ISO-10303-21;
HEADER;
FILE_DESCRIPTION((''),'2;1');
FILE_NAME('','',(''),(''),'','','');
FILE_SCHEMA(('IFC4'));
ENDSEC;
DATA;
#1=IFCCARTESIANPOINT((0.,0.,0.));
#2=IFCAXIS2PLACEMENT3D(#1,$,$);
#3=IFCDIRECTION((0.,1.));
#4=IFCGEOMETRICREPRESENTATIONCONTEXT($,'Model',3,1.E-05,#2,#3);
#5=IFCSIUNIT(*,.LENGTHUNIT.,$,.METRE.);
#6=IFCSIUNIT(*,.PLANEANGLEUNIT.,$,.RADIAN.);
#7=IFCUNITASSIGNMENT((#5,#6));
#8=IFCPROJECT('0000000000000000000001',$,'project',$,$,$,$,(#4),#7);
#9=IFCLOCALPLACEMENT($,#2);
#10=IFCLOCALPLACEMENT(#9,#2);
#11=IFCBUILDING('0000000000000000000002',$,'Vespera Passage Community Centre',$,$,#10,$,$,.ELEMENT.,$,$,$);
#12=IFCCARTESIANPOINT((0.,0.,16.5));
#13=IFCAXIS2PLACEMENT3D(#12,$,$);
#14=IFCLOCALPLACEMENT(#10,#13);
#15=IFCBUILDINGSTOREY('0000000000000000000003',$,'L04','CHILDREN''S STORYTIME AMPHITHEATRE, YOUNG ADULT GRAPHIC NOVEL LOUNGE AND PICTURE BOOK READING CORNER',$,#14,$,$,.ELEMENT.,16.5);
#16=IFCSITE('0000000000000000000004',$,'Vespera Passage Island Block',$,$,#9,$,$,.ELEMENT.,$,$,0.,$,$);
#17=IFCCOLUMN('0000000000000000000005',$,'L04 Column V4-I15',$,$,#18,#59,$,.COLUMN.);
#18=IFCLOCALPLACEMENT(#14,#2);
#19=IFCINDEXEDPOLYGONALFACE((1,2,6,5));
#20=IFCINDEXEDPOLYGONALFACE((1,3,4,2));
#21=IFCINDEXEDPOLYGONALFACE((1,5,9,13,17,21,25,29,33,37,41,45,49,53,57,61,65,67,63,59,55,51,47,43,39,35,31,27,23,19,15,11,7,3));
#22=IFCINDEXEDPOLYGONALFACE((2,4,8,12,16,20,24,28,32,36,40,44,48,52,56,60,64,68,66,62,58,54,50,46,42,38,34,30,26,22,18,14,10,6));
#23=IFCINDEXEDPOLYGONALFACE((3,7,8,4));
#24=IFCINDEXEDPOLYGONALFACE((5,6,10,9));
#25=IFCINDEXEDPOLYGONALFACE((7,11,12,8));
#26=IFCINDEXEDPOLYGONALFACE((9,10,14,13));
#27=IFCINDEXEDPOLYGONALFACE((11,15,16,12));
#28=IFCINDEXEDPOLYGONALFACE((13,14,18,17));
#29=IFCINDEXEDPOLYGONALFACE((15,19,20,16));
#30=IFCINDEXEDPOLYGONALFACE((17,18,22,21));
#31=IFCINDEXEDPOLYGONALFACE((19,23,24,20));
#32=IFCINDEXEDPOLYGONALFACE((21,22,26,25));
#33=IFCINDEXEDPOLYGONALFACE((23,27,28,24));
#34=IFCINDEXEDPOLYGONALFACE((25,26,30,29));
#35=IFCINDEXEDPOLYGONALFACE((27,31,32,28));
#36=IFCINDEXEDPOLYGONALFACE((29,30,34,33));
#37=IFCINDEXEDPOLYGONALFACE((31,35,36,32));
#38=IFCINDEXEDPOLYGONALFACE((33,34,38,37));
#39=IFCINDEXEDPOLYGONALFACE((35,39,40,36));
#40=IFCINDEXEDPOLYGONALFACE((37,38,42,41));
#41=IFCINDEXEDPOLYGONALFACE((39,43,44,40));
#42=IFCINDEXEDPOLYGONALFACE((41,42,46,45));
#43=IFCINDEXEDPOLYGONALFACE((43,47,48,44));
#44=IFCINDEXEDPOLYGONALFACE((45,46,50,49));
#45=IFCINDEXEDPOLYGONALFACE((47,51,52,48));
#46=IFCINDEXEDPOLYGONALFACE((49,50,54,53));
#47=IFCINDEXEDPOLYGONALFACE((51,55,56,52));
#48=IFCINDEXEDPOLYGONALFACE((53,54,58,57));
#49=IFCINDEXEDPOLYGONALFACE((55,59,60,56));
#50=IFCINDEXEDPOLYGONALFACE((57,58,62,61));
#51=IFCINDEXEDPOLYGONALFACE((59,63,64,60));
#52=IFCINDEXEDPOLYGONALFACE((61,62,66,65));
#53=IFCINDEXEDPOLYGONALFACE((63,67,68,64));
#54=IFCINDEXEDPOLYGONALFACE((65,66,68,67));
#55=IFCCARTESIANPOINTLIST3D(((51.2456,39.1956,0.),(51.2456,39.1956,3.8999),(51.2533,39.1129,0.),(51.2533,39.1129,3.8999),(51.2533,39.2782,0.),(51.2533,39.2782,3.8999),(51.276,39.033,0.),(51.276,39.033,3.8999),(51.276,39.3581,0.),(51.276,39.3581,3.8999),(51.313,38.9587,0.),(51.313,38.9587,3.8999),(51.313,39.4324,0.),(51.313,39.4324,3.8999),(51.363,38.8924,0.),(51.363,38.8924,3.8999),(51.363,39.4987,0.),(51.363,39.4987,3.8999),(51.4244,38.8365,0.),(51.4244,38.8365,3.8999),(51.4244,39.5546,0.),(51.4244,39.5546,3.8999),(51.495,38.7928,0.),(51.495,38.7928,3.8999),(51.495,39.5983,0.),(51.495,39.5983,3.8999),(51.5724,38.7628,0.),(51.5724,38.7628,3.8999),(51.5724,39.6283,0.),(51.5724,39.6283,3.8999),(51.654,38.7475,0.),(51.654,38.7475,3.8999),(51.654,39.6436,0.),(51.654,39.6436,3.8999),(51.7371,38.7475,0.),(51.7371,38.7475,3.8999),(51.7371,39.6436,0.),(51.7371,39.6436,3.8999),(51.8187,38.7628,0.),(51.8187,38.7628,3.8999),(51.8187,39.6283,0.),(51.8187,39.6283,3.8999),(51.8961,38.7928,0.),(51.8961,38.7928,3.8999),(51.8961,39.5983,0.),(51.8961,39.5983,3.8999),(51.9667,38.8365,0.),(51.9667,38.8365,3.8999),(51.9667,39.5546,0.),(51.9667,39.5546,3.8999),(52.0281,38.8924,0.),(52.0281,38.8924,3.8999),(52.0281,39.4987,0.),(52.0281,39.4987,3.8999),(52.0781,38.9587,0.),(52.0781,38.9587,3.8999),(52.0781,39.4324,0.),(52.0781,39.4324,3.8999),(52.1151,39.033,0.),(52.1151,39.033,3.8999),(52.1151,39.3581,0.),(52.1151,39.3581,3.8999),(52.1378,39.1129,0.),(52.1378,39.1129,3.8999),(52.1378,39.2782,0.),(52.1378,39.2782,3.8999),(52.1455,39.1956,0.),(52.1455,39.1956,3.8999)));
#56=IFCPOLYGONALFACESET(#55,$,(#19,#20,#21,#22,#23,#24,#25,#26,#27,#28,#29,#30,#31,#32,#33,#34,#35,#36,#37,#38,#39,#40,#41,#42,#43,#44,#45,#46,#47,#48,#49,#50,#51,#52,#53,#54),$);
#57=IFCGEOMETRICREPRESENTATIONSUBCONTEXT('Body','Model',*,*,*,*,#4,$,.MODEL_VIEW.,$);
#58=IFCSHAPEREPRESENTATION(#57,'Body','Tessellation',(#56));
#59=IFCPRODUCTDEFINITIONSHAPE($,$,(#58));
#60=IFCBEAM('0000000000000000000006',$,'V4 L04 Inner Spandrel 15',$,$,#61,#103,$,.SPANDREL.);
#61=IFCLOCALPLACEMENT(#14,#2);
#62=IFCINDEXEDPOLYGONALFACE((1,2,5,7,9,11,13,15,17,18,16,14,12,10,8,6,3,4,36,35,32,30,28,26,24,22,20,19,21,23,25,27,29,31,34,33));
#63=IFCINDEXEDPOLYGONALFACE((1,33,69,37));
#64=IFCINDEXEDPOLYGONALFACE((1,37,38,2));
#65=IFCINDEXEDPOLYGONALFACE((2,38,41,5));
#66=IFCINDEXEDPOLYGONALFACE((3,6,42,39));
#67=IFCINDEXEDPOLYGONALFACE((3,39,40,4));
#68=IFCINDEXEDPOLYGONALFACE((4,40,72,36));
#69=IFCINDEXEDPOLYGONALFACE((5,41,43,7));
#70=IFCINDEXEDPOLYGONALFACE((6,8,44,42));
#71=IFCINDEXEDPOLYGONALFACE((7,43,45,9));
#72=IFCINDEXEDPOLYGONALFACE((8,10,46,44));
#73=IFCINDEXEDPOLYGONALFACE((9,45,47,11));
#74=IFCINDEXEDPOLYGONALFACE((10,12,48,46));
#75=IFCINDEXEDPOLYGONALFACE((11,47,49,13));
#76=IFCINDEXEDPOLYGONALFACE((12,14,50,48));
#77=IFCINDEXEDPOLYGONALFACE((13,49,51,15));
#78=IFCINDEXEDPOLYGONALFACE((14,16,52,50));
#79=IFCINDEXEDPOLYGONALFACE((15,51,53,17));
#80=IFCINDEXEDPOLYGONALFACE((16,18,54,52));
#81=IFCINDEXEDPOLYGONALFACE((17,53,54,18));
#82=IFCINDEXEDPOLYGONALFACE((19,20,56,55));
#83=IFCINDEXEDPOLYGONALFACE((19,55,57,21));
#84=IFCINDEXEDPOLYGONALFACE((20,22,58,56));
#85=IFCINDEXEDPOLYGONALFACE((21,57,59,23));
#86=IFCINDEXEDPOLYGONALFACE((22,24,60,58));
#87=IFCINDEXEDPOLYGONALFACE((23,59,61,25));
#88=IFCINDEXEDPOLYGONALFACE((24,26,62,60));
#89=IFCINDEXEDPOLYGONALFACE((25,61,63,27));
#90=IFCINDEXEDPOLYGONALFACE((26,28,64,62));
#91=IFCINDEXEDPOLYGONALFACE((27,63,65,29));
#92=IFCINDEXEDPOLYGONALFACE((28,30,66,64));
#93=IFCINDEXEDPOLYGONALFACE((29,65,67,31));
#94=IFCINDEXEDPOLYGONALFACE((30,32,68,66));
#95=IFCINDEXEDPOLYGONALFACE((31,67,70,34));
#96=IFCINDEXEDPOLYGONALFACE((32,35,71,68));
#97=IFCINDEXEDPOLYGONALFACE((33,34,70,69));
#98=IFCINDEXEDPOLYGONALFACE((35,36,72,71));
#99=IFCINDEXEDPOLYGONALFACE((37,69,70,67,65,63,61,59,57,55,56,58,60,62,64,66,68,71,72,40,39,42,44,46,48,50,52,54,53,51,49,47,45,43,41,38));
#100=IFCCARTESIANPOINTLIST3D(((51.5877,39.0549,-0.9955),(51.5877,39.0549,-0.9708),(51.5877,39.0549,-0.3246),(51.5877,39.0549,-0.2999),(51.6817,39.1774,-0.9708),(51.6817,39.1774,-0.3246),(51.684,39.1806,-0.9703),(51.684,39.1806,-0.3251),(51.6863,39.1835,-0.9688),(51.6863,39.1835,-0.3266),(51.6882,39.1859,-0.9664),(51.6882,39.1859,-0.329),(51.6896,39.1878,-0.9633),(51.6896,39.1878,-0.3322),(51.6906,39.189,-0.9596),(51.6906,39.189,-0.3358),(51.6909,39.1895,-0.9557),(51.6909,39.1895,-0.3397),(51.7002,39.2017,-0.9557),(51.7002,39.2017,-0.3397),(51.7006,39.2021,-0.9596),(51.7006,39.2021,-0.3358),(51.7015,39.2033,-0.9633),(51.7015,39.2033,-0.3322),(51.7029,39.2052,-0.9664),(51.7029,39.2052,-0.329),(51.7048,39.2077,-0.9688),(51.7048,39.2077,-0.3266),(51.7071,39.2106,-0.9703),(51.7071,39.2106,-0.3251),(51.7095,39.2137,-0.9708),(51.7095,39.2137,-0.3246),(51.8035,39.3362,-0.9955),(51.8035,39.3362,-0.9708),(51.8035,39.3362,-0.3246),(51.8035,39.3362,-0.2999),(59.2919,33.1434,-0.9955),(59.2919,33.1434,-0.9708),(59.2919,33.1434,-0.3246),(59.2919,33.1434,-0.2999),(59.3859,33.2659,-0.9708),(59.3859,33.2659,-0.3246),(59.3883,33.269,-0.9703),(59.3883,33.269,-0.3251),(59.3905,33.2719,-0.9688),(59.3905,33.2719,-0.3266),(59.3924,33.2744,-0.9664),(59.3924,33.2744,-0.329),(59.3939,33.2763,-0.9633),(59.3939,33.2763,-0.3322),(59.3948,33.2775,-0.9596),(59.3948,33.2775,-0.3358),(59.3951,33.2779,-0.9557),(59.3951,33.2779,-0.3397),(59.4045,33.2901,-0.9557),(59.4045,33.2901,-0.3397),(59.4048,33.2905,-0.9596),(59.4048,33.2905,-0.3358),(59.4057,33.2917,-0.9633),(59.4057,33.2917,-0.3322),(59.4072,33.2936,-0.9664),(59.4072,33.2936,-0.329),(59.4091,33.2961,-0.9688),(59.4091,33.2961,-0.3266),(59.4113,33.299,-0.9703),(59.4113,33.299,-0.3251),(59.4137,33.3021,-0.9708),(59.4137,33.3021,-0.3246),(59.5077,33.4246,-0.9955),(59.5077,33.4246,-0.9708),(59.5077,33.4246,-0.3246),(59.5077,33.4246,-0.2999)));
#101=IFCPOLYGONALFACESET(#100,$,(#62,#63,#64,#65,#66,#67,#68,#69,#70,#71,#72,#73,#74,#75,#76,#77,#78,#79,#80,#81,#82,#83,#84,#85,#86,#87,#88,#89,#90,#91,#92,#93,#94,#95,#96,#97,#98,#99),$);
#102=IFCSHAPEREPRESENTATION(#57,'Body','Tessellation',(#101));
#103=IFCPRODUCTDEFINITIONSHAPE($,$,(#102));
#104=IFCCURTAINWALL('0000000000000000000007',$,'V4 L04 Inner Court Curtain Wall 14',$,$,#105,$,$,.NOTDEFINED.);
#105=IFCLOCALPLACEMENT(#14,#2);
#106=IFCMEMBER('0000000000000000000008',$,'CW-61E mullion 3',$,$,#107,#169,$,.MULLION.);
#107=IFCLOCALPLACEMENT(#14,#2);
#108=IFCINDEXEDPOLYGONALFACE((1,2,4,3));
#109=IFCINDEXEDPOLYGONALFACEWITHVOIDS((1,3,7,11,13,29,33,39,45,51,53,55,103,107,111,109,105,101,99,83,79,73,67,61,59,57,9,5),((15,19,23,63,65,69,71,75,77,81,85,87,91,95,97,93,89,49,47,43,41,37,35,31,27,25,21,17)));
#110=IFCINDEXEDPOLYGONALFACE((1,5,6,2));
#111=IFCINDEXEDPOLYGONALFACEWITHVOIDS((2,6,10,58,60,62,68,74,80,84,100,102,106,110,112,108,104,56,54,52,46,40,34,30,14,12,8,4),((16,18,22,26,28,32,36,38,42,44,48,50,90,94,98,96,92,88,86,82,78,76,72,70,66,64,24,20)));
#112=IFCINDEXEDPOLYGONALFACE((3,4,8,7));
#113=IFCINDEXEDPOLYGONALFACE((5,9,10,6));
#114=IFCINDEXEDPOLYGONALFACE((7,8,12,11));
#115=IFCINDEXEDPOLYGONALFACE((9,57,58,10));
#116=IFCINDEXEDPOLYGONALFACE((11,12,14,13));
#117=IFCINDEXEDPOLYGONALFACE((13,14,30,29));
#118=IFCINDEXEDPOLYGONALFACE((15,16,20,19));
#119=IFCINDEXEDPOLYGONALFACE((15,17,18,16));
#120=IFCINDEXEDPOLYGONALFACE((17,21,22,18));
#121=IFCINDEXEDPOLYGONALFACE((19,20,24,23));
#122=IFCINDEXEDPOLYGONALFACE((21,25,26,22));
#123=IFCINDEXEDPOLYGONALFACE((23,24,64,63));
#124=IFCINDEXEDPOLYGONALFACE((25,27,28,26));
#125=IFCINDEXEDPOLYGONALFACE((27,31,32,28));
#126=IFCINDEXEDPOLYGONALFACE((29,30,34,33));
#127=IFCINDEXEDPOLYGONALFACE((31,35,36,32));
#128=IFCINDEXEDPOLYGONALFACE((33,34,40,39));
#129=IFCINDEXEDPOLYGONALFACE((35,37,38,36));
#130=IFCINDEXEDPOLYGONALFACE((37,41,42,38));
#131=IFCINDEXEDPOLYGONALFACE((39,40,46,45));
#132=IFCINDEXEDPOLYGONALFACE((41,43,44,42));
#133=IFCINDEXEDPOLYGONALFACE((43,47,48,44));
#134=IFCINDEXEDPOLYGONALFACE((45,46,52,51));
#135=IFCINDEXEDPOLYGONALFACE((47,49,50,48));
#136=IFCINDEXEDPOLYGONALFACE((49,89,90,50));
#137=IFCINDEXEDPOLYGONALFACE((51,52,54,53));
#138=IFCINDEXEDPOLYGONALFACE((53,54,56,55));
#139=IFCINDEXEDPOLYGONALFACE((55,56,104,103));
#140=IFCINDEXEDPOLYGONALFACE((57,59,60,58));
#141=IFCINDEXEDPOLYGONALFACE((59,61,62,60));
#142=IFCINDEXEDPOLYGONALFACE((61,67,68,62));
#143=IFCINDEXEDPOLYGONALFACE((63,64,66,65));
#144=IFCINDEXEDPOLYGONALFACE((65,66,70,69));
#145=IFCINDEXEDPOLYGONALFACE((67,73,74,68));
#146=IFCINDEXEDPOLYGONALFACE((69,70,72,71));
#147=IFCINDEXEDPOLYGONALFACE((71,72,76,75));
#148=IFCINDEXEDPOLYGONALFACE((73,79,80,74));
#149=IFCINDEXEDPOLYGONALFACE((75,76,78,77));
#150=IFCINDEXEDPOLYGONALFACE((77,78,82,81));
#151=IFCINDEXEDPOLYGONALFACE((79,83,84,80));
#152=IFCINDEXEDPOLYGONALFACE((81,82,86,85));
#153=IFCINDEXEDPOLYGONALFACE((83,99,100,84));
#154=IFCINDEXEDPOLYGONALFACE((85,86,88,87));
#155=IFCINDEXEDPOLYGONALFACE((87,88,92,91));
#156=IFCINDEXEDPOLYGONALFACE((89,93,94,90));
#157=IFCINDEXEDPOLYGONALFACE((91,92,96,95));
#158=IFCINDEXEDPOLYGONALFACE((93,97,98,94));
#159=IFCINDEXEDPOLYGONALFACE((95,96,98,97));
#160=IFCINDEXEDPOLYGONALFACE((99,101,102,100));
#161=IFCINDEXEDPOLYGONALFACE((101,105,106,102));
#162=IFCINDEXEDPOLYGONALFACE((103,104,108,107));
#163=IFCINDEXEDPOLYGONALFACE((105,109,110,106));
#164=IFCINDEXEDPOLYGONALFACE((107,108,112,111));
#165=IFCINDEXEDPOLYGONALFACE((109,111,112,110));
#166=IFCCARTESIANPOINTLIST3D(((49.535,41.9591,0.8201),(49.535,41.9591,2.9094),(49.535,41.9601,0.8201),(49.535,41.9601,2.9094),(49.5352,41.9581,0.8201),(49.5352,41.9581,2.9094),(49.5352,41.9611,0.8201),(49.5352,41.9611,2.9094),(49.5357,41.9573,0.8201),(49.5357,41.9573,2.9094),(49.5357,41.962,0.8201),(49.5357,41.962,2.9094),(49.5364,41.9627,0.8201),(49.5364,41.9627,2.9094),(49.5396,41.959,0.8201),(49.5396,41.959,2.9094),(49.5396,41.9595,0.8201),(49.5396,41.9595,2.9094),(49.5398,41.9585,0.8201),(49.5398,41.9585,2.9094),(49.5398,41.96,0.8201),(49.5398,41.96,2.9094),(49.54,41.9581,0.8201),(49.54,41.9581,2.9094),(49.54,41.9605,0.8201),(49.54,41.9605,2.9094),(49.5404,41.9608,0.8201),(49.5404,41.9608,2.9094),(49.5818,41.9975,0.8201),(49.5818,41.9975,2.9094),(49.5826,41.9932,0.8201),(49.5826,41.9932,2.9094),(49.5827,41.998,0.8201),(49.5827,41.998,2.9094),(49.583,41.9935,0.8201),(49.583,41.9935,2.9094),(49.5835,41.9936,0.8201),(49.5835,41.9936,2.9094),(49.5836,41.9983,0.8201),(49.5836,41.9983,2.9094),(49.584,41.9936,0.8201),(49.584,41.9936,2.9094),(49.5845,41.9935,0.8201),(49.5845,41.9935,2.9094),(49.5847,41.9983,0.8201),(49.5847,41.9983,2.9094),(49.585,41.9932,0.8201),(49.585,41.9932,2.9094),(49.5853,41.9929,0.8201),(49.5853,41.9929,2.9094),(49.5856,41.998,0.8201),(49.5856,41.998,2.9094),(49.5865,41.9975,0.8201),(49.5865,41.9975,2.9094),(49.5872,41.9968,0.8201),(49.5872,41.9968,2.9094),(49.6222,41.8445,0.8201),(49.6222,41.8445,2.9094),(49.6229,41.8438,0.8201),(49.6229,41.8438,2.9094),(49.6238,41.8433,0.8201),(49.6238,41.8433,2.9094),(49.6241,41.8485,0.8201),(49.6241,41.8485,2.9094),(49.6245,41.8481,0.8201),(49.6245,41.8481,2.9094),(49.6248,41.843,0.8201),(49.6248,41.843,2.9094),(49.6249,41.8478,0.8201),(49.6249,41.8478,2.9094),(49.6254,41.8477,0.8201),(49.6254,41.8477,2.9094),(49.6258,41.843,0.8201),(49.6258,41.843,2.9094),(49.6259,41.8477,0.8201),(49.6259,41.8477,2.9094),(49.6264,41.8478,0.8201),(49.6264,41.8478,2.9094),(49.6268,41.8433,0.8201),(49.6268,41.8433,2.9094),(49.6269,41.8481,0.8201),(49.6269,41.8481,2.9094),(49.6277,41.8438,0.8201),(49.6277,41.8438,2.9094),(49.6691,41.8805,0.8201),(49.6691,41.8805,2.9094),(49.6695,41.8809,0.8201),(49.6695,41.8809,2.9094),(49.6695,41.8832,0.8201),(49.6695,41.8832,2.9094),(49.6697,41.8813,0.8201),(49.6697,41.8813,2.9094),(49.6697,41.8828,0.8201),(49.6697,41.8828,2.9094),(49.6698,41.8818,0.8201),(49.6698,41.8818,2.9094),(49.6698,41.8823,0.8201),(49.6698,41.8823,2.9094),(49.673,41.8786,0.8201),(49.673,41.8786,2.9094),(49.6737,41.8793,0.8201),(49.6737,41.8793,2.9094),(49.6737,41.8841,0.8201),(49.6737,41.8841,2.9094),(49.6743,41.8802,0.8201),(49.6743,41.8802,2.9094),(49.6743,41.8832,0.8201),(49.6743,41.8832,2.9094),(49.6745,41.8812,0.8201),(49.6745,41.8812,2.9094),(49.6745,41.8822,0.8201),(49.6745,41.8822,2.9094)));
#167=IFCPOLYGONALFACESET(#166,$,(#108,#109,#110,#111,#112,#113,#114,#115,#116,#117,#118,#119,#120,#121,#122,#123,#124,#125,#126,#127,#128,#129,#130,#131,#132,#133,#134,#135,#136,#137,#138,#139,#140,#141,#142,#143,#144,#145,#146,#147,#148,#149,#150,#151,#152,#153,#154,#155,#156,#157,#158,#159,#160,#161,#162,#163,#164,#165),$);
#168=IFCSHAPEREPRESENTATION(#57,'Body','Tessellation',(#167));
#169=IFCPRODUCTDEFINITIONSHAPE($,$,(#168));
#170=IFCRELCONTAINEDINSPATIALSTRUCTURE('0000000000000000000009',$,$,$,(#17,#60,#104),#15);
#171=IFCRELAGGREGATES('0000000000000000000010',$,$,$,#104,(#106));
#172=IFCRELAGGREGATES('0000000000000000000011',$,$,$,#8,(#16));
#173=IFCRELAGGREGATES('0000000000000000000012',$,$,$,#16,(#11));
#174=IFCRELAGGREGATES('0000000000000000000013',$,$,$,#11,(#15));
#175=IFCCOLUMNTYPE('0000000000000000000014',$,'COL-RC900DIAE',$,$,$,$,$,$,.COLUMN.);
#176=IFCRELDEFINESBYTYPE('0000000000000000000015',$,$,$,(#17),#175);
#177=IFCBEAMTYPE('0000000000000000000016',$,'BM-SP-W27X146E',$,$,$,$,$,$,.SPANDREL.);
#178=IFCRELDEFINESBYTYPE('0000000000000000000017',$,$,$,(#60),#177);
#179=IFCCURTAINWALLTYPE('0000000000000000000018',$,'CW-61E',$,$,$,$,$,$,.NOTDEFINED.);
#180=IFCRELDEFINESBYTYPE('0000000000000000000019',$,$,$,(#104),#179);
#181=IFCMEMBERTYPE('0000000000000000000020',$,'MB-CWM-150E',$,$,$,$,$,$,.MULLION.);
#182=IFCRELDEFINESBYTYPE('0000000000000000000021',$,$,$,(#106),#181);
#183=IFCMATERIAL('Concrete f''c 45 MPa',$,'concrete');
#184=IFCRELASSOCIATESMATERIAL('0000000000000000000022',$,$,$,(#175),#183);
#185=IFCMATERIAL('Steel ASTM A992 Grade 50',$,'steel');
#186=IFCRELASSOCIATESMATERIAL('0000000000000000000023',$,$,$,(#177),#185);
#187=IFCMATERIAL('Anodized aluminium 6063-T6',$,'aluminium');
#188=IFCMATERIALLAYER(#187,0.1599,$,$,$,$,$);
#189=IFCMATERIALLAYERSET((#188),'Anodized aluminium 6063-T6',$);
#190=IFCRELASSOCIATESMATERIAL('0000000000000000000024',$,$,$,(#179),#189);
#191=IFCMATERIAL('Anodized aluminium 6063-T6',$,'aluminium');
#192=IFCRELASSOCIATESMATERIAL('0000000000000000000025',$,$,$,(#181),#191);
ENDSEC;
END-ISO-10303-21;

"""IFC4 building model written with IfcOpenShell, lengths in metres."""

from ifc_helpers import new_model, si_unit, direction, frame, origin, origin_2d, place, context, subcontext, project, spatial, hollow_rectangle, circle, i_section, extrude, material, layer, layer_set, material_profile, profile_set, type_object, element, aggregate, save


model = new_model("IFC4")

# Units and contexts
model_context = context("Model", 3, precision=1e-05, world=origin(), true_north=direction((0.0, 1.0)))
body_context = subcontext(model_context, "Body", "Model", "MODEL_VIEW")
ifc_project = project(units=[si_unit("LENGTHUNIT", "METRE"), si_unit("PLANEANGLEUNIT", "RADIAN")], contexts=[model_context])

# Site, building, storey
site_placement = place(None, origin())
site = spatial("IfcSite", under=ifc_project, at=site_placement, Name="Vespera Passage Island Block", CompositionType="ELEMENT", RefElevation=0.0)
building_placement = place(site_placement, origin())
building = spatial("IfcBuilding", under=site, at=building_placement, Name="Vespera Passage Community Centre", CompositionType="ELEMENT")
storey_placement = place(building_placement, frame((0.0, 0.0, 16.5)))
storey = spatial("IfcBuildingStorey", under=building, at=storey_placement, Name="L04", Description="CHILDREN'S STORYTIME AMPHITHEATRE, YOUNG ADULT GRAPHIC NOVEL LOUNGE AND PICTURE BOOK READING CORNER", CompositionType="ELEMENT", Elevation=16.5)

# Column
ifc_material_1 = material(Name="Concrete f'c 45 MPa", Category="concrete")
ifc_material_profile_1 = material_profile(ifc_material_1, circle(Radius=0.45, at=origin_2d()), Name="RC900DIA")
ifc_profile_set_1 = profile_set([ifc_material_profile_1], Name="Concrete f'c 45 MPa")
column_type = type_object("IfcColumnType", Name="COL-RC900DIAE", PredefinedType="COLUMN", material=ifc_profile_set_1)
column_placement = place(storey_placement, frame((51.6956, 39.1956, 0.0), z_axis=(0.0, 0.0, 1.0), x_axis=(1.0, 0.0, 0.0)))
element("IfcColumn", 1, at=column_placement, inside=storey, type_object=column_type, Name="L04 Column V4-I15", PredefinedType="COLUMN", context=body_context, shape_type="SweptSolid", body=[
    extrude(circle(Radius=0.45, at=origin_2d()), origin(), (0.0, 0.0, 1.0), 3.8999),
])

# Beam
ifc_material_2 = material(Name="Steel ASTM A992 Grade 50", Category="steel")
ifc_material_profile_2 = material_profile(ifc_material_2, i_section(OverallWidth=0.3545, OverallDepth=0.6956, WebThickness=0.0154, FlangeThickness=0.0247, FilletRadius=0.0151, at=origin_2d()), Name="W27X146")
ifc_profile_set_2 = profile_set([ifc_material_profile_2], Name="Steel ASTM A992 Grade 50")
beam_type = type_object("IfcBeamType", Name="BM-SP-W27X146E", PredefinedType="SPANDREL", material=ifc_profile_set_2)
beam_placement = place(storey_placement, frame((51.6956, 39.1956, -0.6477), z_axis=(0.79336, -0.608753, 0.0), x_axis=(0.608753, 0.79336, 0.0)))
element("IfcBeam", 2, at=beam_placement, inside=storey, type_object=beam_type, Name="V4 L04 Inner Spandrel 15", PredefinedType="SPANDREL", context=body_context, shape_type="SweptSolid", body=[
    extrude(i_section(OverallWidth=0.3545, OverallDepth=0.6956, WebThickness=0.0154, FlangeThickness=0.0247, FilletRadius=0.0151, at=origin_2d()), origin(), (0.0, 0.0, 1.0), 9.7109),
])

# Curtain wall, member
ifc_material_3 = material(Name="Anodized aluminium 6063-T6", Category="aluminium")
ifc_layer_1 = layer(ifc_material_3, 0.1599)
ifc_layer_set_1 = layer_set([ifc_layer_1], Name="Anodized aluminium 6063-T6")
curtain_wall_type_1 = type_object("IfcCurtainWallType", Name="CW-61E", PredefinedType="NOTDEFINED", material=ifc_layer_set_1)
curtain_wall_1_placement = place(storey_placement, origin())
curtain_wall_1 = element("IfcCurtainWall", 3, at=curtain_wall_1_placement, inside=storey, type_object=curtain_wall_type_1, Name="V4 L04 Inner Court Curtain Wall 14", PredefinedType="NOTDEFINED")
ifc_material_4 = material(Name="Anodized aluminium 6063-T6", Category="aluminium")
ifc_material_profile_3 = material_profile(ifc_material_4, hollow_rectangle(XDim=0.0649, YDim=0.1499, WallThickness=0.0039, InnerFilletRadius=0.002, OuterFilletRadius=0.0039, at=origin_2d()), Name="ALU150X65X4")
ifc_profile_set_3 = profile_set([ifc_material_profile_3], Name="Anodized aluminium 6063-T6")
member_type_1 = type_object("IfcMemberType", Name="MB-CWM-150E", PredefinedType="MULLION", material=ifc_profile_set_3)
member_1_placement = place(storey_placement, frame((49.6047, 41.9207, 0.8201), z_axis=(0.0, 0.0, 1.0), x_axis=(0.793358, 0.608755, 0.0)))
member_1 = element("IfcMember", 4, at=member_1_placement, type_object=member_type_1, Name="CW-61E mullion 3", PredefinedType="MULLION", context=body_context, shape_type="SweptSolid", body=[
    extrude(hollow_rectangle(XDim=0.0649, YDim=0.1499, WallThickness=0.0039, InnerFilletRadius=0.002, OuterFilletRadius=0.0039, at=origin_2d()), origin(), (0.0, 0.0, 1.0), 2.0894),
])

aggregate(curtain_wall_1, [member_1])

save(model, "model.ifc")
